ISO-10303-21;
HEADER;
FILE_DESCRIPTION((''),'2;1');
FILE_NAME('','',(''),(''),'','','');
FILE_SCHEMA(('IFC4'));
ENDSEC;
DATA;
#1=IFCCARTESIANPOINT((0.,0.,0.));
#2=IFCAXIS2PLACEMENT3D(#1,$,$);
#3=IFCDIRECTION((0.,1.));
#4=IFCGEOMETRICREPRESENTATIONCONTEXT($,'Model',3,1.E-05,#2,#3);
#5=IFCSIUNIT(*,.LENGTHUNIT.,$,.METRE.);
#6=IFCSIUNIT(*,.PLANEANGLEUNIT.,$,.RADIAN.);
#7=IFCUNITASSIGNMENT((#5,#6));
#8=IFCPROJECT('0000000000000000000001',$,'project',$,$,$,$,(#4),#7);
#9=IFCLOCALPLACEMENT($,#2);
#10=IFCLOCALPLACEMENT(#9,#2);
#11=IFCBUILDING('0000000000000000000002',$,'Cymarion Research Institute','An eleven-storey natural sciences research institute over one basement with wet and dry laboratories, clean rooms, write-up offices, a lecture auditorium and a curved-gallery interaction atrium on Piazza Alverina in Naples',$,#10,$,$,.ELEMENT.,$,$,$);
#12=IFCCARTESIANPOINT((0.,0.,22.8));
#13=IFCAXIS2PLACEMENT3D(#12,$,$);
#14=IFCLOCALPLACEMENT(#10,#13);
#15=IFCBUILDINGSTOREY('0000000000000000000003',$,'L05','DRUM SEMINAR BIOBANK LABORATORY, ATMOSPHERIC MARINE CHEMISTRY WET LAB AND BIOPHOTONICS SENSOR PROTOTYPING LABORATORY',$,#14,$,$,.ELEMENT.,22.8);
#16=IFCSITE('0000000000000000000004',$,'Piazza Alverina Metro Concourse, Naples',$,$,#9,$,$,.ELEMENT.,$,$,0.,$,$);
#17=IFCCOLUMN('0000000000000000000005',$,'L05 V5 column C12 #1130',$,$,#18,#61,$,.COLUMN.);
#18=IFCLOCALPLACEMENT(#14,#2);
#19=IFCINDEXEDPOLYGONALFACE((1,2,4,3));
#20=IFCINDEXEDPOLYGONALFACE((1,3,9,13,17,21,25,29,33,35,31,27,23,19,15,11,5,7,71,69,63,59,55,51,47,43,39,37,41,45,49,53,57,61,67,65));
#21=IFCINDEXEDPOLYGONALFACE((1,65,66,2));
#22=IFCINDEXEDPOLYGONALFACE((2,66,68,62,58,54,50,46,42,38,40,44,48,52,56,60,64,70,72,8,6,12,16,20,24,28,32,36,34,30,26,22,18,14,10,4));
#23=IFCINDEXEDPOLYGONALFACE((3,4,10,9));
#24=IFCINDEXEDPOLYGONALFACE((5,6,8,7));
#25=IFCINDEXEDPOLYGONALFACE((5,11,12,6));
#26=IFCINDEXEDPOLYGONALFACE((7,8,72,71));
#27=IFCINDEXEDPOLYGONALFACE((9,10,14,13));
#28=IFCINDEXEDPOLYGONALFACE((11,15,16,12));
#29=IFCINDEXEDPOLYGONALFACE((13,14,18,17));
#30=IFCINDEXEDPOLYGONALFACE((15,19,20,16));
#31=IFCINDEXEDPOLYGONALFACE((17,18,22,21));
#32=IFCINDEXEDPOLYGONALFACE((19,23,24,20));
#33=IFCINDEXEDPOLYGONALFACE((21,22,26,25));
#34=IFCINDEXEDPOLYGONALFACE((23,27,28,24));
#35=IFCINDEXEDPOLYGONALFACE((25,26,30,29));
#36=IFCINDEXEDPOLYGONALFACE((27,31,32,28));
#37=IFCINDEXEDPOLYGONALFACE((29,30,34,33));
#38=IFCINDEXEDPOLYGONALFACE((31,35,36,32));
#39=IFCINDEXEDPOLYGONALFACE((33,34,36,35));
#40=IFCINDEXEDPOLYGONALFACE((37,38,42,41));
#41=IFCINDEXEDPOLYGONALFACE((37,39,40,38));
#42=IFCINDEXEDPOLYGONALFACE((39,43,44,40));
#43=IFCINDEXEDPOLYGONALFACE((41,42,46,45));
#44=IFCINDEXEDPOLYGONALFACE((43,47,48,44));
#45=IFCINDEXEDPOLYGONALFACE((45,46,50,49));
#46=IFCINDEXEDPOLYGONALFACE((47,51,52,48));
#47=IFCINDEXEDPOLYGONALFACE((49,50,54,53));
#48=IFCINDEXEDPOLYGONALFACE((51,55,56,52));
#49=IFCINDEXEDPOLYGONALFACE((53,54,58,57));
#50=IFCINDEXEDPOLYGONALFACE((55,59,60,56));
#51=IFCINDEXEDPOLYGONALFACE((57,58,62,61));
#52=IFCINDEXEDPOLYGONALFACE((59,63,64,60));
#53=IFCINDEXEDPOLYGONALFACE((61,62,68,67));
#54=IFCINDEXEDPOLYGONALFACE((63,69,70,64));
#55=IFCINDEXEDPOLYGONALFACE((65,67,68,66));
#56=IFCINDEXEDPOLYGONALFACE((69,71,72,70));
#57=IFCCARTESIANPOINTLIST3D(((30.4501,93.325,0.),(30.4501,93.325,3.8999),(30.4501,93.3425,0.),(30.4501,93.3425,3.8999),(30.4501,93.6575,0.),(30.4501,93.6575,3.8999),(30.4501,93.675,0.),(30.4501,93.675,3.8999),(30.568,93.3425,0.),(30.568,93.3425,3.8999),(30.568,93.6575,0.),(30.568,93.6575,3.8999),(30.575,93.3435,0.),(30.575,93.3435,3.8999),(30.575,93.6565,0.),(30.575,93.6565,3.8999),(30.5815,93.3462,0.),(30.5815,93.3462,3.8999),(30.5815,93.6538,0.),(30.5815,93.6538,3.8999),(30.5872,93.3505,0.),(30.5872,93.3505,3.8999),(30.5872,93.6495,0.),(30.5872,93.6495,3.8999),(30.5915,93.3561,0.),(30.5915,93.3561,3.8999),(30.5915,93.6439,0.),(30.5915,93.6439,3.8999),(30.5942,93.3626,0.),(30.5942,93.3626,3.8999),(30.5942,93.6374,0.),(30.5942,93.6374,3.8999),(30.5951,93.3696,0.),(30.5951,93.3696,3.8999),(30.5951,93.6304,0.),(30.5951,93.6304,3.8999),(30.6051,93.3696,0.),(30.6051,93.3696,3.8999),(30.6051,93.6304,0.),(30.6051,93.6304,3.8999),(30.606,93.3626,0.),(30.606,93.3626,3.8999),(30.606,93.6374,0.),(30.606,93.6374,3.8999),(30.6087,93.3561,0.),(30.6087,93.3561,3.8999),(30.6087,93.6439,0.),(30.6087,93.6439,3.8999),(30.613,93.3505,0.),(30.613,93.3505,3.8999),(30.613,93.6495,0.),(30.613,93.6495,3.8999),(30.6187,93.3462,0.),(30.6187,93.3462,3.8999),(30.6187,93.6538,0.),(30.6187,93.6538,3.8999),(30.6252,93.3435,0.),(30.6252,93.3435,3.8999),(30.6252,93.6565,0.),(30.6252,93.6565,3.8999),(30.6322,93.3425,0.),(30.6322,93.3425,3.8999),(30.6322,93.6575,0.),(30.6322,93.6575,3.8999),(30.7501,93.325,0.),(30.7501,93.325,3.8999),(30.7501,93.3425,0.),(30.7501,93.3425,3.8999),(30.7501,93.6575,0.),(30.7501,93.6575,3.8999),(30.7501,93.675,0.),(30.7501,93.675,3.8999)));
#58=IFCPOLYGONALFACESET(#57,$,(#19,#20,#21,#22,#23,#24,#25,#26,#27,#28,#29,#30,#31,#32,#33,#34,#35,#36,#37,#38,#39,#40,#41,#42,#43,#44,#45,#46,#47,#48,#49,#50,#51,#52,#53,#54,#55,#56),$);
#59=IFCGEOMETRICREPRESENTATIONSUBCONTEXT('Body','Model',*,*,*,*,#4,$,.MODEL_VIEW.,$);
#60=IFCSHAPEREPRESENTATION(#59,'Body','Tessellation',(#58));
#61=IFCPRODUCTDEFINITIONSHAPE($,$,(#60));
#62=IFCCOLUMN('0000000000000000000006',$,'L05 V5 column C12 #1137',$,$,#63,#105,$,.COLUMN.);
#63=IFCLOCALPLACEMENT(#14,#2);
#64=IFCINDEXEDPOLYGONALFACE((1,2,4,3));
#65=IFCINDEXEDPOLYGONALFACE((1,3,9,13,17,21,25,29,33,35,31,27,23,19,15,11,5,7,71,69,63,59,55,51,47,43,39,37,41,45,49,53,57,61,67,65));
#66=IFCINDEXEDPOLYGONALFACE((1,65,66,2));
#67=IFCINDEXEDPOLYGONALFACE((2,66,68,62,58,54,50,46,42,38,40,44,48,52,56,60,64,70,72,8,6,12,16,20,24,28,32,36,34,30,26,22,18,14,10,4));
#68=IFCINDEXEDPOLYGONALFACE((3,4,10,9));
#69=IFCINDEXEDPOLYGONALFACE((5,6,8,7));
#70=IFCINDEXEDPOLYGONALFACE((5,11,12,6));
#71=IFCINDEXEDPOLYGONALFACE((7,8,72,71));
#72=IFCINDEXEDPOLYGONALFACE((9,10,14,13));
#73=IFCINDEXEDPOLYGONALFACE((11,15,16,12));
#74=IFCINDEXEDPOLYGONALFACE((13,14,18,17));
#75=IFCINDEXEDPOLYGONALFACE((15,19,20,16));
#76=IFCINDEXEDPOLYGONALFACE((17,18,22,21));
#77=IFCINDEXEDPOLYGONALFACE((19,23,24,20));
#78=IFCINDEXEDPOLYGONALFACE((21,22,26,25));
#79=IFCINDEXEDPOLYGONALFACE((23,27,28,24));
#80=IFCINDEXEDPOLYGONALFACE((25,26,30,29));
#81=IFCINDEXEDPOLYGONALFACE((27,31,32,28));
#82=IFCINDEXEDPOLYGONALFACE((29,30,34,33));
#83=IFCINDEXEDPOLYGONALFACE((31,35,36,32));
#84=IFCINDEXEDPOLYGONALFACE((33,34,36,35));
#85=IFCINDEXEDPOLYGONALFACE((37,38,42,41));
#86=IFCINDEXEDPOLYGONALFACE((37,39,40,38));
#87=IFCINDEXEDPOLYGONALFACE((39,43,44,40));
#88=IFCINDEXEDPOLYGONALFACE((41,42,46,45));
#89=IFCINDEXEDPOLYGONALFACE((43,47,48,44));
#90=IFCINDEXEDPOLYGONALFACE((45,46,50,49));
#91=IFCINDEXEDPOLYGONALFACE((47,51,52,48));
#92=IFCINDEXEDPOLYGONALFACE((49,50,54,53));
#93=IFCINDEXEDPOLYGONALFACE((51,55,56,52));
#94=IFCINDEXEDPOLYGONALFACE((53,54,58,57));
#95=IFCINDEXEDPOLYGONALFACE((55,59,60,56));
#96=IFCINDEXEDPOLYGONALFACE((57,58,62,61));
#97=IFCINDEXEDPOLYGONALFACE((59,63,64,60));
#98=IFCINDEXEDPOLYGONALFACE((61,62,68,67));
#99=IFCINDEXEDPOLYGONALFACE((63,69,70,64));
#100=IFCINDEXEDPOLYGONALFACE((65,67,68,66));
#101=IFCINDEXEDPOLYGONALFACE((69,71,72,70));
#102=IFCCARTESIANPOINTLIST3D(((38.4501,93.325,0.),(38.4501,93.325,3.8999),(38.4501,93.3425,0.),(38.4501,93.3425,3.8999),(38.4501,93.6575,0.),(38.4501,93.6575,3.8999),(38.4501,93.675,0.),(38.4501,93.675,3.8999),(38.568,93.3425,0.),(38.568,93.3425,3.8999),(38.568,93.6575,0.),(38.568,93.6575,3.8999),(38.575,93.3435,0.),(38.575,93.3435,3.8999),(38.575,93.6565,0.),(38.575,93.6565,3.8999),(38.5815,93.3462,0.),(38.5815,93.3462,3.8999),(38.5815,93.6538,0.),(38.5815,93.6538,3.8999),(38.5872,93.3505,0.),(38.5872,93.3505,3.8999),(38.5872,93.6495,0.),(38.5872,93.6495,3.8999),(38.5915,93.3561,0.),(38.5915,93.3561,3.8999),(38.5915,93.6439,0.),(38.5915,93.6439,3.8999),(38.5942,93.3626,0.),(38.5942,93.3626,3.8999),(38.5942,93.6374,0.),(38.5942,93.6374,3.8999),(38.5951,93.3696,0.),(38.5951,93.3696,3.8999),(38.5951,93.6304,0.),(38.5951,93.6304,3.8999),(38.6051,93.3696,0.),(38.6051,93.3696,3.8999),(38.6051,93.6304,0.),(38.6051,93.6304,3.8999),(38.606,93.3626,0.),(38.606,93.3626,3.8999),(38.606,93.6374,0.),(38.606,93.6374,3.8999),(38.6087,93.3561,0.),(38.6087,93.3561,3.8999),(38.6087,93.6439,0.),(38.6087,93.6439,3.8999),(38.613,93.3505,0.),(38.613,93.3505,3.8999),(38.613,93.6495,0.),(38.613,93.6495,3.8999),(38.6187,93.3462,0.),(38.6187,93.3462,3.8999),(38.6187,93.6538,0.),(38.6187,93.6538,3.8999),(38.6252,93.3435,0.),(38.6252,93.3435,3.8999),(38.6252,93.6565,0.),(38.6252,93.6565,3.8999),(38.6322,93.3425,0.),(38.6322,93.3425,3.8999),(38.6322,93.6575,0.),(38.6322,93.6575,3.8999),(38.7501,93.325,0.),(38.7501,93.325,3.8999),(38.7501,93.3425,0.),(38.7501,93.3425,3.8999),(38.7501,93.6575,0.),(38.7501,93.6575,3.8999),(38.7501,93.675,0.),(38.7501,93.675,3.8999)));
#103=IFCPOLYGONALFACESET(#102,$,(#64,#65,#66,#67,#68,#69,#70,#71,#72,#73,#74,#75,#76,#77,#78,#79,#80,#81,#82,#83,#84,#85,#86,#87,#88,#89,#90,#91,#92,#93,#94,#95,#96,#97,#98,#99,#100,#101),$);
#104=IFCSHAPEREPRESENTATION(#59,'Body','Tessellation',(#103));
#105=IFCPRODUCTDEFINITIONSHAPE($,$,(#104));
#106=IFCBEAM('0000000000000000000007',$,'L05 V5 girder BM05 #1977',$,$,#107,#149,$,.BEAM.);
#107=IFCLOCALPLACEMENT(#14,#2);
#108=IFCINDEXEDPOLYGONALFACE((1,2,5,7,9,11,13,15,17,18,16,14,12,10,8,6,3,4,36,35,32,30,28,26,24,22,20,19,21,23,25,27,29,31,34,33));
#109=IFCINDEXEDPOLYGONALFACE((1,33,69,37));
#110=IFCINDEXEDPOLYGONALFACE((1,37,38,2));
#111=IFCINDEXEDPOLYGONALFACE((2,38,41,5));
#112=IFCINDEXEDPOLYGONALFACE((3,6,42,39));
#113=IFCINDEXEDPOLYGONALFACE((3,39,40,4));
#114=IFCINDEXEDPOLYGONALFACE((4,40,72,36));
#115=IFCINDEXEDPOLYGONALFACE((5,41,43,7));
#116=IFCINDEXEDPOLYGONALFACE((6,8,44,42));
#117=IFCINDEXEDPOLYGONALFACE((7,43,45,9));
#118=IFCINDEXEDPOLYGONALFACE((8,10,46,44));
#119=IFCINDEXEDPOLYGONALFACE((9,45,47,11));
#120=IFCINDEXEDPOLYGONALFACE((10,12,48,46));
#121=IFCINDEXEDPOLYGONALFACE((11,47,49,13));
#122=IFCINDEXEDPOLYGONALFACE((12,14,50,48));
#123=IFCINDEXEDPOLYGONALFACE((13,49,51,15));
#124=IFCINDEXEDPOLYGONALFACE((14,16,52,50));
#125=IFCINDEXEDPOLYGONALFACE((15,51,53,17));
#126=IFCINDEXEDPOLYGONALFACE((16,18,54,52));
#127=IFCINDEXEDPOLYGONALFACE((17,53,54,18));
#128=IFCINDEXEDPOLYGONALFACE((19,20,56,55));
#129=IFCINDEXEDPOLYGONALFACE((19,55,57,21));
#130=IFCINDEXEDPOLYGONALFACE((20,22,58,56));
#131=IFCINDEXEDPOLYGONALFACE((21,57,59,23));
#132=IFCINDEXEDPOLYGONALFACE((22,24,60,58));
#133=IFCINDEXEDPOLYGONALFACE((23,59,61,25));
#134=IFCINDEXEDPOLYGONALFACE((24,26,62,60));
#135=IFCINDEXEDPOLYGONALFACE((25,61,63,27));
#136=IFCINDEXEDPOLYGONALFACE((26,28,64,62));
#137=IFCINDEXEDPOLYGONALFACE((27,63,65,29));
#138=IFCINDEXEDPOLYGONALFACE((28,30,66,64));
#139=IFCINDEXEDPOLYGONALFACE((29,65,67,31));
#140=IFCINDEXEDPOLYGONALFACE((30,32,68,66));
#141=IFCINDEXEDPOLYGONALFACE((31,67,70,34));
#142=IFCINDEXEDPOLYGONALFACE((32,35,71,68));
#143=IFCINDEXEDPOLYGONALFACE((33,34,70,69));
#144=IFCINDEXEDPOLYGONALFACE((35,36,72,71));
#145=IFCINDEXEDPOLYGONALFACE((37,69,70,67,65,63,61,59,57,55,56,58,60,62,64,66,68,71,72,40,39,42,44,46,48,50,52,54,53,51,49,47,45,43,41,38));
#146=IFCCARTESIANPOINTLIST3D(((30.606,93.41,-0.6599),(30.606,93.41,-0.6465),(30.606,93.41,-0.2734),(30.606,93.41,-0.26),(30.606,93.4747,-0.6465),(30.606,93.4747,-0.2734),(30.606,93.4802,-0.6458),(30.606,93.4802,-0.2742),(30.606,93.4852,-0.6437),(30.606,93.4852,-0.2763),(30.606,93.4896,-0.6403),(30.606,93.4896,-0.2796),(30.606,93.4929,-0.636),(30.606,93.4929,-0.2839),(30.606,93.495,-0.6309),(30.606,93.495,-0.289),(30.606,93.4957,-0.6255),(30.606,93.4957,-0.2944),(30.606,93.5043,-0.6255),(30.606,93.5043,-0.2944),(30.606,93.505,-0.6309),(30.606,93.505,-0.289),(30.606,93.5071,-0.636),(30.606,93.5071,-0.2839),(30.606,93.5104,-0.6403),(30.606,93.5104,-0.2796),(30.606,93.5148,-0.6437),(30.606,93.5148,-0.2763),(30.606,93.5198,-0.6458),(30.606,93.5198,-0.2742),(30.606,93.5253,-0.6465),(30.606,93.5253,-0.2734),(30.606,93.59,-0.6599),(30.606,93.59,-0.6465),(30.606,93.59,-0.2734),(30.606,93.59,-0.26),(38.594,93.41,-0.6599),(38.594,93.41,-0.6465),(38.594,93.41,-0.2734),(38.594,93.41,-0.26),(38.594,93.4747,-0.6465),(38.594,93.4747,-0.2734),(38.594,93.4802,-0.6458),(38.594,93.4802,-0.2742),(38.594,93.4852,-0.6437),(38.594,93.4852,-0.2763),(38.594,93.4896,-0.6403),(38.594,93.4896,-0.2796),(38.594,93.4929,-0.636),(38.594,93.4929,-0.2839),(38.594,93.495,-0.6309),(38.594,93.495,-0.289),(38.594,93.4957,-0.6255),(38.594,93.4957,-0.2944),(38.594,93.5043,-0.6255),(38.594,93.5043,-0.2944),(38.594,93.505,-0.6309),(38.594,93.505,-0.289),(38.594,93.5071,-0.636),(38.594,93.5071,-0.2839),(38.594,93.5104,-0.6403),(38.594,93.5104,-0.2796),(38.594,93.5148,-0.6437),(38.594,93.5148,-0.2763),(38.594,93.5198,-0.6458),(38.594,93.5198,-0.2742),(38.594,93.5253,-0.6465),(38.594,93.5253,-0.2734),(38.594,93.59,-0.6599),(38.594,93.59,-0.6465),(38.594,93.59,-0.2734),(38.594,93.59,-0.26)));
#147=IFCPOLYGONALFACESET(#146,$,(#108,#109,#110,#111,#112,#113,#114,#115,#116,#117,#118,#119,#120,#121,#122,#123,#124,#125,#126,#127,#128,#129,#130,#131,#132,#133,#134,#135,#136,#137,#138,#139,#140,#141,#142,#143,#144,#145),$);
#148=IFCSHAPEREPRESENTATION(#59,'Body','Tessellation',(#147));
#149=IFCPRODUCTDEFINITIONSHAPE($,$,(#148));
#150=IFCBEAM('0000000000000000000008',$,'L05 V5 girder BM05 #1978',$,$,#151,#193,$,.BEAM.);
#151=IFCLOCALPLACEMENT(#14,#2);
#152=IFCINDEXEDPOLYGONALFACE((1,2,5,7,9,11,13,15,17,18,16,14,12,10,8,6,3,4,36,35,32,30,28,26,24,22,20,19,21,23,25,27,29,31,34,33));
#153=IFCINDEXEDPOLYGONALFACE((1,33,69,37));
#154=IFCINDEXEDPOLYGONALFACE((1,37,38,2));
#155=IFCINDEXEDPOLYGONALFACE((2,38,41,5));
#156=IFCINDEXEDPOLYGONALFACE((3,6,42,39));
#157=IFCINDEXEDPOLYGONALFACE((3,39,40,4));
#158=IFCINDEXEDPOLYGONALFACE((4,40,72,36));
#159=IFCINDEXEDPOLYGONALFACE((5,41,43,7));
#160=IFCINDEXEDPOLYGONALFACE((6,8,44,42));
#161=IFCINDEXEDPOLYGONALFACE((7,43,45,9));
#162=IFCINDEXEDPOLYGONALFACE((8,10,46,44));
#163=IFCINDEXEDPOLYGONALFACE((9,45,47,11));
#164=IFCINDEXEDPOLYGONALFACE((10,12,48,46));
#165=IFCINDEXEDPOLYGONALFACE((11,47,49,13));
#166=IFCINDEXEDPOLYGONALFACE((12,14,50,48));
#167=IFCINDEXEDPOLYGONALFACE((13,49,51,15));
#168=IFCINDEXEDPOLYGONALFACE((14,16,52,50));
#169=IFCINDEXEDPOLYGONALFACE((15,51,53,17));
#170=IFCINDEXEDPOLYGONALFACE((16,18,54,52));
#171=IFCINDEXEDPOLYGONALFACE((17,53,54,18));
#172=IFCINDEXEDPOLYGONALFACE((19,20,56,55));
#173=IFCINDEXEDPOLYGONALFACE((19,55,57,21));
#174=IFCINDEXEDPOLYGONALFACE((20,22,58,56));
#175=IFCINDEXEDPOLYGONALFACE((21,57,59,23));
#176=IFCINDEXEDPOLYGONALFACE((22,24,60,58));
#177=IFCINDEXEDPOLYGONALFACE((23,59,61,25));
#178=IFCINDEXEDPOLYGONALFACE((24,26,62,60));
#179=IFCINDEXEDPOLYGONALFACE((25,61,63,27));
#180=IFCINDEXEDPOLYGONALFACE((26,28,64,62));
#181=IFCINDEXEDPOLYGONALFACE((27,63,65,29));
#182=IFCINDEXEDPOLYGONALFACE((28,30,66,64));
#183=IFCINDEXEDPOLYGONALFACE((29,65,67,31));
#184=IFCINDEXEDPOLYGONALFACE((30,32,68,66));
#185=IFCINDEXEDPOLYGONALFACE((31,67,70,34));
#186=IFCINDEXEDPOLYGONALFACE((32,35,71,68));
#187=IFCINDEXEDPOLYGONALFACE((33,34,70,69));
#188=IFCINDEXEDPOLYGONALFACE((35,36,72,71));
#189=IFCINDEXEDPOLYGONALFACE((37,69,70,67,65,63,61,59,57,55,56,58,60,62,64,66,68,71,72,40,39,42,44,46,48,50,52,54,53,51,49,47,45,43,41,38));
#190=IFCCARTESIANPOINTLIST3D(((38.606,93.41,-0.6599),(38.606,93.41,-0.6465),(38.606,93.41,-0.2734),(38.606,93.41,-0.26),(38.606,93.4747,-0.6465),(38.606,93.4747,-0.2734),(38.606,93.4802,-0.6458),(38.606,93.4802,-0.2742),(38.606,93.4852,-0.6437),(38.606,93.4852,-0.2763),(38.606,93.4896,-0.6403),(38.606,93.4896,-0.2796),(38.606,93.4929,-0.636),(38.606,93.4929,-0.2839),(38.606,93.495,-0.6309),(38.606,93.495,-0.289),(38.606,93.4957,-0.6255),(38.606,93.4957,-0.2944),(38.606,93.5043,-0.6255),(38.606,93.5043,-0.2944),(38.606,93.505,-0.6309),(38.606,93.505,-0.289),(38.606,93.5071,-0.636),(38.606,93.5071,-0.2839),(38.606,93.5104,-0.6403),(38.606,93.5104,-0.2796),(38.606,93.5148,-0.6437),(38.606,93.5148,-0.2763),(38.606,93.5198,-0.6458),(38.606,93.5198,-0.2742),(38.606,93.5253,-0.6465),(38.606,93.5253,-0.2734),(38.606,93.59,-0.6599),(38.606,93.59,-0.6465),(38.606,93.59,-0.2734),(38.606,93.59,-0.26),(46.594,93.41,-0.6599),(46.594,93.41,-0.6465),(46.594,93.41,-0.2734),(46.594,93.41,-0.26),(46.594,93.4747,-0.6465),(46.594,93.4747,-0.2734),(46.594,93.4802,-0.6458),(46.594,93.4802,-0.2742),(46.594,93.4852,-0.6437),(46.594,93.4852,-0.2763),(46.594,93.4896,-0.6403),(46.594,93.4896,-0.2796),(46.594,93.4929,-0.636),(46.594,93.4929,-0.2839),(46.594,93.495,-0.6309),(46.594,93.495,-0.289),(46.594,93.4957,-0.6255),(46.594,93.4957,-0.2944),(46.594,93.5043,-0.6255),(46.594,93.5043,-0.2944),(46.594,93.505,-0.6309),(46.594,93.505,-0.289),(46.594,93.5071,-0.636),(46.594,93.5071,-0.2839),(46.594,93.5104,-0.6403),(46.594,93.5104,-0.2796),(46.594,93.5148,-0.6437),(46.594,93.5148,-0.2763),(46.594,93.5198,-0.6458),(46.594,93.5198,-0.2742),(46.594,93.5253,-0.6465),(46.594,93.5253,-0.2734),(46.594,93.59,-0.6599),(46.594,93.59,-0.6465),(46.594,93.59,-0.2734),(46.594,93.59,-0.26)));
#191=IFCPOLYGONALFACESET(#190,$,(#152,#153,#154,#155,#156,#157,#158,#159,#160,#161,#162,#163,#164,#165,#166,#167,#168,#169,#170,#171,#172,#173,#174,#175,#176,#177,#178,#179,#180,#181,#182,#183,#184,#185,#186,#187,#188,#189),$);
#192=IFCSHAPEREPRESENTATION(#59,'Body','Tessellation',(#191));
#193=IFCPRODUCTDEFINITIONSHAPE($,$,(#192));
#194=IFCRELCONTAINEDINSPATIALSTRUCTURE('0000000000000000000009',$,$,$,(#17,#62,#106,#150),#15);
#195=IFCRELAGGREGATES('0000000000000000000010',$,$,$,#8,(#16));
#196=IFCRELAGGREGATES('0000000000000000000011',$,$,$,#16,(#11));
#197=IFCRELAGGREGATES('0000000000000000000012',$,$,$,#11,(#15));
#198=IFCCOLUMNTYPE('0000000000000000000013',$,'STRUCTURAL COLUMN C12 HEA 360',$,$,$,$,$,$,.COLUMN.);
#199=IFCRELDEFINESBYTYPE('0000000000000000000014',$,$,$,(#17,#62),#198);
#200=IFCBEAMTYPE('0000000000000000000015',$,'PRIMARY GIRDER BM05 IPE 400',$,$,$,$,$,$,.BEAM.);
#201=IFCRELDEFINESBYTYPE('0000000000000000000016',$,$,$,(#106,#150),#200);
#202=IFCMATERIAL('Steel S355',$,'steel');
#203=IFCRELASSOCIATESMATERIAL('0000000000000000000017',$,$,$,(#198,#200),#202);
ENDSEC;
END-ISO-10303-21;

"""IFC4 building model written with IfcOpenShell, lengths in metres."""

from ifc_helpers import new_model, si_unit, direction, frame, origin, origin_2d, place, context, subcontext, project, spatial, i_section, extrude, material, material_profile, profile_set, type_object, element, save


model = new_model("IFC4")

# Units and contexts
model_context = context("Model", 3, precision=1e-05, world=origin(), true_north=direction((0.0, 1.0)))
body_context = subcontext(model_context, "Body", "Model", "MODEL_VIEW")
ifc_project = project(units=[si_unit("LENGTHUNIT", "METRE"), si_unit("PLANEANGLEUNIT", "RADIAN")], contexts=[model_context])

# Site, building, storey
site_placement = place(None, origin())
site = spatial("IfcSite", under=ifc_project, at=site_placement, Name="Piazza Alverina Metro Concourse, Naples", CompositionType="ELEMENT", RefElevation=0.0)
building_placement = place(site_placement, origin())
building = spatial("IfcBuilding", under=site, at=building_placement, Name="Cymarion Research Institute", Description="An eleven-storey natural sciences research institute over one basement with wet and dry laboratories, clean rooms, write-up offices, a lecture auditorium and a curved-gallery interaction atrium on Piazza Alverina in Naples", CompositionType="ELEMENT")
storey_placement = place(building_placement, frame((0.0, 0.0, 22.8)))
storey = spatial("IfcBuildingStorey", under=building, at=storey_placement, Name="L05", Description="DRUM SEMINAR BIOBANK LABORATORY, ATMOSPHERIC MARINE CHEMISTRY WET LAB AND BIOPHOTONICS SENSOR PROTOTYPING LABORATORY", CompositionType="ELEMENT", Elevation=22.8)

# Columns
ifc_material_1 = material(Name="Steel S355", Category="steel")
ifc_material_profile_1 = material_profile(ifc_material_1, i_section(OverallWidth=0.3, OverallDepth=0.3501, WebThickness=0.01, FlangeThickness=0.0176, FilletRadius=0.0271, at=origin_2d()), Name="HEA 360")
ifc_profile_set_1 = profile_set([ifc_material_profile_1], Name="Steel S355")
column_type = type_object("IfcColumnType", Name="STRUCTURAL COLUMN C12 HEA 360", PredefinedType="COLUMN", material=ifc_profile_set_1)
for number, where, z_axis, x_axis, name in (
    (1, (30.6001, 93.5, 0.0), (0.0, 0.0, 1.0), (1.0, 0.0, 0.0), "L05 V5 column C12 #1130"),
    (2, (38.6001, 93.5, 0.0), (0.0, 0.0, 1.0), (1.0, 0.0, 0.0), "L05 V5 column C12 #1137"),
):
    element("IfcColumn", number, at=place(storey_placement, frame(where, z_axis=z_axis, x_axis=x_axis)), inside=storey, type_object=column_type, Name=name, PredefinedType="COLUMN", context=body_context, shape_type="SweptSolid", body=[
        extrude(i_section(OverallWidth=0.3, OverallDepth=0.3501, WebThickness=0.01, FlangeThickness=0.0176, FilletRadius=0.0271, at=origin_2d()), origin(), (0.0, 0.0, 1.0), 3.8999),
    ])

# Beams
ifc_material_profile_2 = material_profile(ifc_material_1, i_section(OverallWidth=0.1799, OverallDepth=0.3999, WebThickness=0.0085, FlangeThickness=0.0134, FilletRadius=0.021, at=origin_2d()), Name="IPE 400")
ifc_profile_set_2 = profile_set([ifc_material_profile_2], Name="Steel S355")
beam_type_1 = type_object("IfcBeamType", Name="PRIMARY GIRDER BM05 IPE 400", PredefinedType="BEAM", material=ifc_profile_set_2)
for number, where, z_axis, x_axis, name in (
    (3, (30.606, 93.5, -0.46), (1.0, 0.0, 0.0), (0.0, 1.0, 0.0), "L05 V5 girder BM05 #1977"),
    (4, (38.606, 93.5, -0.46), (1.0, 0.0, 0.0), (0.0, 1.0, 0.0), "L05 V5 girder BM05 #1978"),
):
    element("IfcBeam", number, at=place(storey_placement, frame(where, z_axis=z_axis, x_axis=x_axis)), inside=storey, type_object=beam_type_1, Name=name, PredefinedType="BEAM", context=body_context, shape_type="SweptSolid", body=[
        extrude(i_section(OverallWidth=0.1799, OverallDepth=0.3999, WebThickness=0.0085, FlangeThickness=0.0134, FilletRadius=0.021, at=origin_2d()), origin(), (0.0, 0.0, 1.0), 7.988),
    ])

save(model, "model.ifc")
